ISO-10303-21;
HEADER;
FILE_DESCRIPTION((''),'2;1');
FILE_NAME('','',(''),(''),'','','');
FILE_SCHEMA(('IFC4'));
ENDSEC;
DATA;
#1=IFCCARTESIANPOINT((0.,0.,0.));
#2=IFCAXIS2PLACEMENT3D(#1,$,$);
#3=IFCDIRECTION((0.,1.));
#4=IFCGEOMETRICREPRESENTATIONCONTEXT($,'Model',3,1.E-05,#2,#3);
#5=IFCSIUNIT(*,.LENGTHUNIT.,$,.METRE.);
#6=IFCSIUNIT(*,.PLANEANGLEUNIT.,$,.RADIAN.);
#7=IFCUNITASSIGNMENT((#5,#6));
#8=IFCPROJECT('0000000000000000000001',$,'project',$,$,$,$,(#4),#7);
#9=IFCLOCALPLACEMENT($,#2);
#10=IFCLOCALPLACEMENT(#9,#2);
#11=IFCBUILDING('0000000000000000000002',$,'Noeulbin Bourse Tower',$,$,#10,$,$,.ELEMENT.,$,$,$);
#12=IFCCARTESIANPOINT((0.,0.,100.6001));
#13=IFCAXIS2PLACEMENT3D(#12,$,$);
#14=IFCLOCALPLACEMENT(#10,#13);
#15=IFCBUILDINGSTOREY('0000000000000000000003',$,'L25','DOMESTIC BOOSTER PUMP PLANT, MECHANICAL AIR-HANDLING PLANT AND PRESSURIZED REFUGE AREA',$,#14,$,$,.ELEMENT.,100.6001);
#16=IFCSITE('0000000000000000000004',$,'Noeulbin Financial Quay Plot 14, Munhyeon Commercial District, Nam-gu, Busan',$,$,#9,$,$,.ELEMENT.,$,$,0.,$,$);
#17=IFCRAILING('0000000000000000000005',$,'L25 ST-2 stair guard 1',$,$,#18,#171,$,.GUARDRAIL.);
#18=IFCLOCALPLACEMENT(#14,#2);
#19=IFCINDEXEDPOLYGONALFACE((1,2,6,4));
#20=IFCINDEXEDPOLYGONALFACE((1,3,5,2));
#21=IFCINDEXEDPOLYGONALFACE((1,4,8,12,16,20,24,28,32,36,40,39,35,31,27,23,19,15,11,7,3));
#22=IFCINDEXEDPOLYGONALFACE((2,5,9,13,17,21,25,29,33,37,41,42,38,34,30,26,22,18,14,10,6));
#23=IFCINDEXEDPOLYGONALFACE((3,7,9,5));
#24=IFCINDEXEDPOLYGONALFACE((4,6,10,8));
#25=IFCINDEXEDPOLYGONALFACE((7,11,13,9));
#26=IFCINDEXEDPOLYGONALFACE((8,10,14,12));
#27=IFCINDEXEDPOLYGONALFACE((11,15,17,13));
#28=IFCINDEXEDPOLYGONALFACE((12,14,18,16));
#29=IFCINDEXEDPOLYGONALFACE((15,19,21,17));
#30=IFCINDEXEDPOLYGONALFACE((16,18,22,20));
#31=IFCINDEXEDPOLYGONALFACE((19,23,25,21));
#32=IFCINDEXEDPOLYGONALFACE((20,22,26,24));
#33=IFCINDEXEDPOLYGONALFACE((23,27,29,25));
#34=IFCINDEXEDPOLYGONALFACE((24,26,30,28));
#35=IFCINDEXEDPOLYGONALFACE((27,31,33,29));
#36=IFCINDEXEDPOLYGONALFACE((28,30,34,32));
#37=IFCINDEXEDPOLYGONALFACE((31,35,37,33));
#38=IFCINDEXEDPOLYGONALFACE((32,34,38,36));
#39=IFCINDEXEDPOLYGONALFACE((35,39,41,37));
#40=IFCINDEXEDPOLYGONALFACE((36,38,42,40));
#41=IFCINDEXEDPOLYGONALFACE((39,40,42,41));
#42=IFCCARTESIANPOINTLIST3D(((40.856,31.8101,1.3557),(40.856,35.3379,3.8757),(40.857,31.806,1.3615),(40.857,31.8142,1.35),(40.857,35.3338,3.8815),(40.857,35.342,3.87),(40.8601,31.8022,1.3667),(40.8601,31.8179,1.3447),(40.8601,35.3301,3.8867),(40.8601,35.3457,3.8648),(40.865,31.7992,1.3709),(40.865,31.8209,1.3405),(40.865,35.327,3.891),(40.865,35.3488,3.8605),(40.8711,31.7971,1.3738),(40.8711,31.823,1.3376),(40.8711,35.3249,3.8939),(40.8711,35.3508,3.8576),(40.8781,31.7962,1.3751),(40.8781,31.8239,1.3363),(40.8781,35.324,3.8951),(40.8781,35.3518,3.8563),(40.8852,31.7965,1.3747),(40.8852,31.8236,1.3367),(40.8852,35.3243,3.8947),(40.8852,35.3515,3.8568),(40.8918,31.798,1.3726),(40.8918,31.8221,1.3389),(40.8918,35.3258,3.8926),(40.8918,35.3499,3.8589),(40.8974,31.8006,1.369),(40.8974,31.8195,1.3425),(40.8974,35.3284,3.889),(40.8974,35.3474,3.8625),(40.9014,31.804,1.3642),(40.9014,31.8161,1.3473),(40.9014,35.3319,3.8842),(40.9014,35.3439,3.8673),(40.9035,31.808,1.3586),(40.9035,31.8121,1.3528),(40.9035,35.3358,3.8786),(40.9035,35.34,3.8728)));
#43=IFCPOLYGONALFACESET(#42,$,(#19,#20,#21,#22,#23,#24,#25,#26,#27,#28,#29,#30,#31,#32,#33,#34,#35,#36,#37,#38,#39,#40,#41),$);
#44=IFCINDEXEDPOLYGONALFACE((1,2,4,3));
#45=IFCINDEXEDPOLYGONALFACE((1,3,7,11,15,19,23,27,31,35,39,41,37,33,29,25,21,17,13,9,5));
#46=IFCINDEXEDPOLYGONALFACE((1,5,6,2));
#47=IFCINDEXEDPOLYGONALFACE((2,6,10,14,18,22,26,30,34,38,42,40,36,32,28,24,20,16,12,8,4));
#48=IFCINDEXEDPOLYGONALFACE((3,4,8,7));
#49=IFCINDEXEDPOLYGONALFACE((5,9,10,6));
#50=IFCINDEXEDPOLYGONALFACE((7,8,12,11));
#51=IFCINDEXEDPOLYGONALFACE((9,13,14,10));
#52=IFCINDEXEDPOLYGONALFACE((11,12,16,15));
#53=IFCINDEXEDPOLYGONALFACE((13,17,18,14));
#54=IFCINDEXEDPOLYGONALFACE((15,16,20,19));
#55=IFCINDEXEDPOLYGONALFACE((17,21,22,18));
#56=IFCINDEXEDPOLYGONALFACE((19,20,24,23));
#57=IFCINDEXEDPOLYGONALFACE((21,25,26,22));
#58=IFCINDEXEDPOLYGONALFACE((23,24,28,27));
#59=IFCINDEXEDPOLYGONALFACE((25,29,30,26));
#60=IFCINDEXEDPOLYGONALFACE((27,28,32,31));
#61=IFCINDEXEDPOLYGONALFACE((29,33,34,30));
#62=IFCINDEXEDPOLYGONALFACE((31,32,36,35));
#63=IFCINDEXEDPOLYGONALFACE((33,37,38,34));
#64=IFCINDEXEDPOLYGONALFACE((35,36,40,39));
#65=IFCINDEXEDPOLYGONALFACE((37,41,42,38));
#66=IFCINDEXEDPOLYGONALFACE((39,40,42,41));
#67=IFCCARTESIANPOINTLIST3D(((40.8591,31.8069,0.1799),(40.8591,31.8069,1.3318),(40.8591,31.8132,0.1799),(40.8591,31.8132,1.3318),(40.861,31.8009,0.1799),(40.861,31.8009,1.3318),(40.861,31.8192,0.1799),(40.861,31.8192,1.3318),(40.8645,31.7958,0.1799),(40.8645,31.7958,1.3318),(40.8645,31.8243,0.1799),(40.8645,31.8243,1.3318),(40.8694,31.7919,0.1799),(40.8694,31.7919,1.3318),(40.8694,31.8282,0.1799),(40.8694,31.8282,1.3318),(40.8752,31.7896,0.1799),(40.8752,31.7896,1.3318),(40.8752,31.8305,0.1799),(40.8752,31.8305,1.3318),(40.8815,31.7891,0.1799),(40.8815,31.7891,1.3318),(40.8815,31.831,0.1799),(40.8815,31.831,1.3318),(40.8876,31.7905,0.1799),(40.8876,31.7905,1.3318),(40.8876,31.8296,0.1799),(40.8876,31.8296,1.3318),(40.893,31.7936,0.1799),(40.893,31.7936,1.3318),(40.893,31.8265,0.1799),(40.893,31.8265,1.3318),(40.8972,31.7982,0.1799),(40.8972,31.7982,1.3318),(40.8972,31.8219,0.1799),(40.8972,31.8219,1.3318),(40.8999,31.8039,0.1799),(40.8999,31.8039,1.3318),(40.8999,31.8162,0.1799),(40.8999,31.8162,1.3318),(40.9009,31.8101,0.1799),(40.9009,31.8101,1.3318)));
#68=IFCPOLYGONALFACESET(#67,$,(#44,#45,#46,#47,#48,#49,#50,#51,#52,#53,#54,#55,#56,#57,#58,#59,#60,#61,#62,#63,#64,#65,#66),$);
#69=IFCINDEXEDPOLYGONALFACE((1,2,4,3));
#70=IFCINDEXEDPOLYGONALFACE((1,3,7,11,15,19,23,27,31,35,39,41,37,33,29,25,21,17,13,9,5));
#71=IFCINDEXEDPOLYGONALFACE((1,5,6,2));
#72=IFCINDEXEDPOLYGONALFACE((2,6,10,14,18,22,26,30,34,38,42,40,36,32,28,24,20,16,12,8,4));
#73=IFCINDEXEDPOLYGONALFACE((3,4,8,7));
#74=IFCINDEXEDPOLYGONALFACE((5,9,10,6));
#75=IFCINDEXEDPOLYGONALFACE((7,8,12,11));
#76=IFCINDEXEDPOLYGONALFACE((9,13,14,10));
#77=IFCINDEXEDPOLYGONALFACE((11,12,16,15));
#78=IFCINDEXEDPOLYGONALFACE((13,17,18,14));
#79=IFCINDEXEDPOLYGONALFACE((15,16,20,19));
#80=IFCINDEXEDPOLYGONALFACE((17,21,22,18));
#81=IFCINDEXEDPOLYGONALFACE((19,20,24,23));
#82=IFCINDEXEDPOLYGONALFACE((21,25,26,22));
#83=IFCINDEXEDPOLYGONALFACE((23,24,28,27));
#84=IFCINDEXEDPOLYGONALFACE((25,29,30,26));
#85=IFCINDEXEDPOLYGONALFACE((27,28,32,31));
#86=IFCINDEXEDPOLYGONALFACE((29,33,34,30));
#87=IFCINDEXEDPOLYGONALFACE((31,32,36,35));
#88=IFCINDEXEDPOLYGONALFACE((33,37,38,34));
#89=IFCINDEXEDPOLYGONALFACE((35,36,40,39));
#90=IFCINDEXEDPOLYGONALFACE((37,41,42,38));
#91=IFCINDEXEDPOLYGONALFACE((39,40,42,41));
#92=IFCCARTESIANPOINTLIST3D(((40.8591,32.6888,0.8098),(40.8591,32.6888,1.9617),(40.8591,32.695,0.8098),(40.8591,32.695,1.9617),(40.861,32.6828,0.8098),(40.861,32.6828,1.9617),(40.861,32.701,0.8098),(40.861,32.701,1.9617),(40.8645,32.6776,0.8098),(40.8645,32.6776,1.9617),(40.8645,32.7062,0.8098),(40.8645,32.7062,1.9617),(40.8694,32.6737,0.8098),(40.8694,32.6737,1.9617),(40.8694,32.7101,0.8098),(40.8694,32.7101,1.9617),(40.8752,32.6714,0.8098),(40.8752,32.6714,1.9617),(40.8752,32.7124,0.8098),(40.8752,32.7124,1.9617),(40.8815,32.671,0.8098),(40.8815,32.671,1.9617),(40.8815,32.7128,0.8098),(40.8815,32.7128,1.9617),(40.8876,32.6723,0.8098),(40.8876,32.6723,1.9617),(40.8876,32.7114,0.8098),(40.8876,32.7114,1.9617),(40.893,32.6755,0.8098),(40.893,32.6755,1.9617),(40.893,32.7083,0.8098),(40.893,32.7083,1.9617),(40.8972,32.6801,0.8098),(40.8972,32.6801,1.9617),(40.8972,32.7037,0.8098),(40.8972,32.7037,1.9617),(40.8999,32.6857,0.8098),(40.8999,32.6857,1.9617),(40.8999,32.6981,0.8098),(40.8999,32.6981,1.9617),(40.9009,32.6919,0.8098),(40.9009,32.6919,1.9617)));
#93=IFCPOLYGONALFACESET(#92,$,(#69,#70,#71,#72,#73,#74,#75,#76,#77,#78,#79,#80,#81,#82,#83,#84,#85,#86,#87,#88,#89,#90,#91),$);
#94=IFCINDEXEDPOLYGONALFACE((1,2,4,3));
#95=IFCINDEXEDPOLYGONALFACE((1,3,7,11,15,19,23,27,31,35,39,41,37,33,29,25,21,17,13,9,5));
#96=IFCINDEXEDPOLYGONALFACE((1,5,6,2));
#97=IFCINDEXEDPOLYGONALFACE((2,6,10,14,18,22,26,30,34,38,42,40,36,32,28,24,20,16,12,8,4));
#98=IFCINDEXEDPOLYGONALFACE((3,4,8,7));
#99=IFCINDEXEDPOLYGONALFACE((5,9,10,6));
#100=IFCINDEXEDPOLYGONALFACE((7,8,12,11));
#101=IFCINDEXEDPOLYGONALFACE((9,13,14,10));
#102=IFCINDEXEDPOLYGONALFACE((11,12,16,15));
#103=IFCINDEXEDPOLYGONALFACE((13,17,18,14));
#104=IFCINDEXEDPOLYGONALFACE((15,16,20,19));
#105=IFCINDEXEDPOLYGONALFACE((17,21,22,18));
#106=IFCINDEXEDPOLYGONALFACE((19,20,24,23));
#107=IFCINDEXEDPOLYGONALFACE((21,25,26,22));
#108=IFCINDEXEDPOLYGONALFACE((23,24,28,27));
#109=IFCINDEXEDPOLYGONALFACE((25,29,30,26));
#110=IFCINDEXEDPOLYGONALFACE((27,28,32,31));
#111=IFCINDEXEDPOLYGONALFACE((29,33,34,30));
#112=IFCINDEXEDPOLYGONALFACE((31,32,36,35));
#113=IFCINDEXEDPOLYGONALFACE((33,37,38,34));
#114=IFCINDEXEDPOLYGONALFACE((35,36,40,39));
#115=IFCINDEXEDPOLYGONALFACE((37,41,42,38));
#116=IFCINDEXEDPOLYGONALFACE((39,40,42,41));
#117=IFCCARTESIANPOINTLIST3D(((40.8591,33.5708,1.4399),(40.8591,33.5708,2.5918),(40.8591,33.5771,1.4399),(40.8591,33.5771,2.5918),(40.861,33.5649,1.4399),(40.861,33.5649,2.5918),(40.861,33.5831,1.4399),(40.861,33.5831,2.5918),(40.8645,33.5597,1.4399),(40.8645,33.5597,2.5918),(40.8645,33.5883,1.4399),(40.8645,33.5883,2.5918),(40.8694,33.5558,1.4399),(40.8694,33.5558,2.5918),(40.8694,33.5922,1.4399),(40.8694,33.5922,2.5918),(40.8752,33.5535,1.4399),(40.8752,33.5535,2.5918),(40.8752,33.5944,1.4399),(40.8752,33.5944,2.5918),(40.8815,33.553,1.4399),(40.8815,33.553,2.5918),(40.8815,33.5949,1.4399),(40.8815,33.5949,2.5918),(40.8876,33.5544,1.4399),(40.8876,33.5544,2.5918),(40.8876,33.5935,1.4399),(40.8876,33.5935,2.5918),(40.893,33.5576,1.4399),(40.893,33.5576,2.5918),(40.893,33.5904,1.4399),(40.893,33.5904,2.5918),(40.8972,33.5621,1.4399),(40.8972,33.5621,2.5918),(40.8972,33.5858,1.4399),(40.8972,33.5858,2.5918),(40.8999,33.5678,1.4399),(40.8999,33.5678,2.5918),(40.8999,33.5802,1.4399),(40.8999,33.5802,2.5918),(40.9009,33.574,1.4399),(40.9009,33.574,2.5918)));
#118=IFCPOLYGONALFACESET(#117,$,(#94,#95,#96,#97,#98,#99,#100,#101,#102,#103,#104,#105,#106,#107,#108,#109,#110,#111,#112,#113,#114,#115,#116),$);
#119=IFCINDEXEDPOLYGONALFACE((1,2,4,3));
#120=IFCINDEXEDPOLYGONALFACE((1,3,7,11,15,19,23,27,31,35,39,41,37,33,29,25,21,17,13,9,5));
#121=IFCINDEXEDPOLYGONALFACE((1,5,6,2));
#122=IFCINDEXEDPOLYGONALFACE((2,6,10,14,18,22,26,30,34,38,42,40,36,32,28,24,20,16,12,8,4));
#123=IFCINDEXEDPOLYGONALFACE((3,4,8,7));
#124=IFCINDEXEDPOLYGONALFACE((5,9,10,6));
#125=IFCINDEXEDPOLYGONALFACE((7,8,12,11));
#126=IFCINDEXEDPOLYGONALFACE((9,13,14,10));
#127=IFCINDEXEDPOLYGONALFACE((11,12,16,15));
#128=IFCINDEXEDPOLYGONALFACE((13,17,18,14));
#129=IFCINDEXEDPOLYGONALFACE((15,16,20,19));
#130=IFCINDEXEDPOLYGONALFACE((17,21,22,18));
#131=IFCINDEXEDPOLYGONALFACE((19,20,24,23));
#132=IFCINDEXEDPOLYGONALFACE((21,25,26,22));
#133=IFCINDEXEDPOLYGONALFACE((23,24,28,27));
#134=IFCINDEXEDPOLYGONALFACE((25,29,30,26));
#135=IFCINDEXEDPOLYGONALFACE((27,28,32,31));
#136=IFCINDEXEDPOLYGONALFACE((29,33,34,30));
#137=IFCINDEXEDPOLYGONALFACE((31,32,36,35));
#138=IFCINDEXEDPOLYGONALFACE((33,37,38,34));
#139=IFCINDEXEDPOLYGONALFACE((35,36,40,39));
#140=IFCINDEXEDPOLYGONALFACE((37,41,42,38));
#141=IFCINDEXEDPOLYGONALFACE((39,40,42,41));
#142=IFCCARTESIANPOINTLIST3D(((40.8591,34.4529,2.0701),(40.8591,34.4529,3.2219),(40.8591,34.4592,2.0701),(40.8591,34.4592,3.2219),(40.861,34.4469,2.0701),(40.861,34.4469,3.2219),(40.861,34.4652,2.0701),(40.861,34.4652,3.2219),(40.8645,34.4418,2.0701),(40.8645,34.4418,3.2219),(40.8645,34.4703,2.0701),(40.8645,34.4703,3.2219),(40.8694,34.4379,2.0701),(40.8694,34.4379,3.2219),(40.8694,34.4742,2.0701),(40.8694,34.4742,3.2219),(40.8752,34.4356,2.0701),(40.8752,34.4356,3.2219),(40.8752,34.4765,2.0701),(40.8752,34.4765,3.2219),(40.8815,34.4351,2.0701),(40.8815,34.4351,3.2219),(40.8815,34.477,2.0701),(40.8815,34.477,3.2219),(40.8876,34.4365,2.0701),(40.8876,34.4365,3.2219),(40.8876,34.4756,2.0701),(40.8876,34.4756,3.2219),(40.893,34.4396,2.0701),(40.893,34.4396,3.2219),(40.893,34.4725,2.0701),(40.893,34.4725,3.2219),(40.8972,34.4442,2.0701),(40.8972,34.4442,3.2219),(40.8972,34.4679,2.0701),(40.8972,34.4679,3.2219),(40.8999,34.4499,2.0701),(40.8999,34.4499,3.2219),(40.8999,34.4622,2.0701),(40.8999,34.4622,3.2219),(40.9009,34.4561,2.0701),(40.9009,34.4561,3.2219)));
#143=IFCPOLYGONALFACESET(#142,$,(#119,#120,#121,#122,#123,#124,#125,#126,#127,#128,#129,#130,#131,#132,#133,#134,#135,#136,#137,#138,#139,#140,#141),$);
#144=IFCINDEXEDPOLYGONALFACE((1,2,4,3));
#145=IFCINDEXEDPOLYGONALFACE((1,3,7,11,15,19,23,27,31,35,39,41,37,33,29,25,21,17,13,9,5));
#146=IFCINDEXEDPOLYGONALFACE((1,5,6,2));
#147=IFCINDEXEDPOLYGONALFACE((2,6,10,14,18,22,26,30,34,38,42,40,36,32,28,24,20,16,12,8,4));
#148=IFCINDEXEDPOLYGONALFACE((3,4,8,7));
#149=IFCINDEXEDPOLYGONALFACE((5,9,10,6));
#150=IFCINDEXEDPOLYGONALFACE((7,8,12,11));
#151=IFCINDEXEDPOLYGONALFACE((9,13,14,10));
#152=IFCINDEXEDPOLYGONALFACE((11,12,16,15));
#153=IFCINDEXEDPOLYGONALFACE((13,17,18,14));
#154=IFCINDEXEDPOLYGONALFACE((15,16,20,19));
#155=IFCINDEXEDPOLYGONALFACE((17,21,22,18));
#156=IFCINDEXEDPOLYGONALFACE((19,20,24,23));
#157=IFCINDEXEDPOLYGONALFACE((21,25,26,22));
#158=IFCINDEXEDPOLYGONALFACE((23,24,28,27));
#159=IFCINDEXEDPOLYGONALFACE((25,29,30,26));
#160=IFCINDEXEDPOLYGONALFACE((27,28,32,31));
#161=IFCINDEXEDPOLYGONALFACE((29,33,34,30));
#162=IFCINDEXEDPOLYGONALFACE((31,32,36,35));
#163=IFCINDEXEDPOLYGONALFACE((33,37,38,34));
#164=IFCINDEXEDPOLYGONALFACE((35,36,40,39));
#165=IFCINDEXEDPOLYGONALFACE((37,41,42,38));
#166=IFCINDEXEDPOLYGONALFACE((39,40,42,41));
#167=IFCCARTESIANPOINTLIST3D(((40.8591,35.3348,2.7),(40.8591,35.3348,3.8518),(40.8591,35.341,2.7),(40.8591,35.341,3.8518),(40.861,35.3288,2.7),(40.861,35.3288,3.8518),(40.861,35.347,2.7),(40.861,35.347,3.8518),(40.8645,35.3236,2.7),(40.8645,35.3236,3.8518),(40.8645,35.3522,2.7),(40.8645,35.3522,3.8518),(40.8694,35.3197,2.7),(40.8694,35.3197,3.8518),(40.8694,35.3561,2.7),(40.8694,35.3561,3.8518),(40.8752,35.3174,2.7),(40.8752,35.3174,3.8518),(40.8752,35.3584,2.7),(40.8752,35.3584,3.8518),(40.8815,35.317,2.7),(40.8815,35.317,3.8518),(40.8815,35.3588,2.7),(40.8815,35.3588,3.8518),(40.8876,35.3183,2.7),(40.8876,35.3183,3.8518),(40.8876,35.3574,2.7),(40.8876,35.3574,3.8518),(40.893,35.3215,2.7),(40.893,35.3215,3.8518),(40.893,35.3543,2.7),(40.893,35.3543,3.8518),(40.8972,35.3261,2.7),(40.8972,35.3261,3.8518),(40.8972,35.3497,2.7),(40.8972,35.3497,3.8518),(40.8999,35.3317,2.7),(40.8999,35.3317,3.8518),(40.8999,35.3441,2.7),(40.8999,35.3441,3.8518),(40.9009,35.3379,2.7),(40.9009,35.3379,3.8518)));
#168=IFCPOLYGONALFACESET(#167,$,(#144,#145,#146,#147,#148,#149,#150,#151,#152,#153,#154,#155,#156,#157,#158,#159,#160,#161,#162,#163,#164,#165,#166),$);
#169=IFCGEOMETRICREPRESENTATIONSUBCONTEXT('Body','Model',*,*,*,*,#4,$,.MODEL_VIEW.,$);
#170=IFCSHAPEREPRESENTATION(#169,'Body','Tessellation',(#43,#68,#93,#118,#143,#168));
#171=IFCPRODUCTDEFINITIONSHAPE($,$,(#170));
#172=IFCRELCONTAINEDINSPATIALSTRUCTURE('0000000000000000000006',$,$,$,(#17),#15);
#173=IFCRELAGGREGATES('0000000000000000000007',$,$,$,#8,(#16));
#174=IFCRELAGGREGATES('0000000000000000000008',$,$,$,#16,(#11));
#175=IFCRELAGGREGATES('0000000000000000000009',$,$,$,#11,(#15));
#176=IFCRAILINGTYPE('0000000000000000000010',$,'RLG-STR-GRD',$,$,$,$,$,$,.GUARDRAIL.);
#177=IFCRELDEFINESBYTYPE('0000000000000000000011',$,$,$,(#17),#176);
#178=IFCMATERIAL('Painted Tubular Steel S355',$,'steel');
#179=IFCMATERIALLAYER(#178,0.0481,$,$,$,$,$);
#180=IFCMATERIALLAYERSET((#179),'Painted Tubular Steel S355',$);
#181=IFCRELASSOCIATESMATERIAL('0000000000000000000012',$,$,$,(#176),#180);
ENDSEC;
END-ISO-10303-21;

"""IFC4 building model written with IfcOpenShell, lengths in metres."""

from ifc_helpers import new_model, si_unit, direction, frame, origin, origin_2d, place, context, subcontext, project, spatial, circle, extrude, material, layer, layer_set, type_object, element, save


model = new_model("IFC4")

# Units and contexts
model_context = context("Model", 3, precision=1e-05, world=origin(), true_north=direction((0.0, 1.0)))
body_context = subcontext(model_context, "Body", "Model", "MODEL_VIEW")
ifc_project = project(units=[si_unit("LENGTHUNIT", "METRE"), si_unit("PLANEANGLEUNIT", "RADIAN")], contexts=[model_context])

# Site, building, storey
site_placement = place(None, origin())
site = spatial("IfcSite", under=ifc_project, at=site_placement, Name="Noeulbin Financial Quay Plot 14, Munhyeon Commercial District, Nam-gu, Busan", CompositionType="ELEMENT", RefElevation=0.0)
building_placement = place(site_placement, origin())
building = spatial("IfcBuilding", under=site, at=building_placement, Name="Noeulbin Bourse Tower", CompositionType="ELEMENT")
storey_placement = place(building_placement, frame((0.0, 0.0, 100.6001)))
storey = spatial("IfcBuildingStorey", under=building, at=storey_placement, Name="L25", Description="DOMESTIC BOOSTER PUMP PLANT, MECHANICAL AIR-HANDLING PLANT AND PRESSURIZED REFUGE AREA", CompositionType="ELEMENT", Elevation=100.6001)

# Railing
ifc_material_1 = material(Name="Painted Tubular Steel S355", Category="steel")
ifc_layer_1 = layer(ifc_material_1, 0.0481)
ifc_layer_set_1 = layer_set([ifc_layer_1], Name="Painted Tubular Steel S355")
railing_type_1 = type_object("IfcRailingType", Name="RLG-STR-GRD", PredefinedType="GUARDRAIL", material=ifc_layer_set_1)
railing_1_placement = place(storey_placement, frame((40.8799, 31.8101, 0.1799)))
element("IfcRailing", 1, at=railing_1_placement, inside=storey, type_object=railing_type_1, Name="L25 ST-2 stair guard 1", PredefinedType="GUARDRAIL", context=body_context, shape_type="SweptSolid", body=[
    extrude(circle(Radius=0.0239, at=origin_2d()), frame((0.0, 0.0, 1.1758), z_axis=(0.0, 0.813718, 0.58126), x_axis=(-1.0, 0.0, 0.0)), (0.0, 0.0, 1.0), 4.3354),
    extrude(circle(Radius=0.021, at=origin_2d()), origin(), (0.0, 0.0, 1.0), 1.1519),
    extrude(circle(Radius=0.021, at=origin_2d()), frame((0.0, 0.8818, 0.6299)), (0.0, 0.0, 1.0), 1.1519),
    extrude(circle(Radius=0.021, at=origin_2d()), frame((0.0, 1.7639, 1.26)), (0.0, 0.0, 1.0), 1.1519),
    extrude(circle(Radius=0.021, at=origin_2d()), frame((0.0, 2.646, 1.8901)), (0.0, 0.0, 1.0), 1.1519),
    extrude(circle(Radius=0.021, at=origin_2d()), frame((0.0, 3.5278, 2.52)), (0.0, 0.0, 1.0), 1.1519),
])

save(model, "model.ifc")
